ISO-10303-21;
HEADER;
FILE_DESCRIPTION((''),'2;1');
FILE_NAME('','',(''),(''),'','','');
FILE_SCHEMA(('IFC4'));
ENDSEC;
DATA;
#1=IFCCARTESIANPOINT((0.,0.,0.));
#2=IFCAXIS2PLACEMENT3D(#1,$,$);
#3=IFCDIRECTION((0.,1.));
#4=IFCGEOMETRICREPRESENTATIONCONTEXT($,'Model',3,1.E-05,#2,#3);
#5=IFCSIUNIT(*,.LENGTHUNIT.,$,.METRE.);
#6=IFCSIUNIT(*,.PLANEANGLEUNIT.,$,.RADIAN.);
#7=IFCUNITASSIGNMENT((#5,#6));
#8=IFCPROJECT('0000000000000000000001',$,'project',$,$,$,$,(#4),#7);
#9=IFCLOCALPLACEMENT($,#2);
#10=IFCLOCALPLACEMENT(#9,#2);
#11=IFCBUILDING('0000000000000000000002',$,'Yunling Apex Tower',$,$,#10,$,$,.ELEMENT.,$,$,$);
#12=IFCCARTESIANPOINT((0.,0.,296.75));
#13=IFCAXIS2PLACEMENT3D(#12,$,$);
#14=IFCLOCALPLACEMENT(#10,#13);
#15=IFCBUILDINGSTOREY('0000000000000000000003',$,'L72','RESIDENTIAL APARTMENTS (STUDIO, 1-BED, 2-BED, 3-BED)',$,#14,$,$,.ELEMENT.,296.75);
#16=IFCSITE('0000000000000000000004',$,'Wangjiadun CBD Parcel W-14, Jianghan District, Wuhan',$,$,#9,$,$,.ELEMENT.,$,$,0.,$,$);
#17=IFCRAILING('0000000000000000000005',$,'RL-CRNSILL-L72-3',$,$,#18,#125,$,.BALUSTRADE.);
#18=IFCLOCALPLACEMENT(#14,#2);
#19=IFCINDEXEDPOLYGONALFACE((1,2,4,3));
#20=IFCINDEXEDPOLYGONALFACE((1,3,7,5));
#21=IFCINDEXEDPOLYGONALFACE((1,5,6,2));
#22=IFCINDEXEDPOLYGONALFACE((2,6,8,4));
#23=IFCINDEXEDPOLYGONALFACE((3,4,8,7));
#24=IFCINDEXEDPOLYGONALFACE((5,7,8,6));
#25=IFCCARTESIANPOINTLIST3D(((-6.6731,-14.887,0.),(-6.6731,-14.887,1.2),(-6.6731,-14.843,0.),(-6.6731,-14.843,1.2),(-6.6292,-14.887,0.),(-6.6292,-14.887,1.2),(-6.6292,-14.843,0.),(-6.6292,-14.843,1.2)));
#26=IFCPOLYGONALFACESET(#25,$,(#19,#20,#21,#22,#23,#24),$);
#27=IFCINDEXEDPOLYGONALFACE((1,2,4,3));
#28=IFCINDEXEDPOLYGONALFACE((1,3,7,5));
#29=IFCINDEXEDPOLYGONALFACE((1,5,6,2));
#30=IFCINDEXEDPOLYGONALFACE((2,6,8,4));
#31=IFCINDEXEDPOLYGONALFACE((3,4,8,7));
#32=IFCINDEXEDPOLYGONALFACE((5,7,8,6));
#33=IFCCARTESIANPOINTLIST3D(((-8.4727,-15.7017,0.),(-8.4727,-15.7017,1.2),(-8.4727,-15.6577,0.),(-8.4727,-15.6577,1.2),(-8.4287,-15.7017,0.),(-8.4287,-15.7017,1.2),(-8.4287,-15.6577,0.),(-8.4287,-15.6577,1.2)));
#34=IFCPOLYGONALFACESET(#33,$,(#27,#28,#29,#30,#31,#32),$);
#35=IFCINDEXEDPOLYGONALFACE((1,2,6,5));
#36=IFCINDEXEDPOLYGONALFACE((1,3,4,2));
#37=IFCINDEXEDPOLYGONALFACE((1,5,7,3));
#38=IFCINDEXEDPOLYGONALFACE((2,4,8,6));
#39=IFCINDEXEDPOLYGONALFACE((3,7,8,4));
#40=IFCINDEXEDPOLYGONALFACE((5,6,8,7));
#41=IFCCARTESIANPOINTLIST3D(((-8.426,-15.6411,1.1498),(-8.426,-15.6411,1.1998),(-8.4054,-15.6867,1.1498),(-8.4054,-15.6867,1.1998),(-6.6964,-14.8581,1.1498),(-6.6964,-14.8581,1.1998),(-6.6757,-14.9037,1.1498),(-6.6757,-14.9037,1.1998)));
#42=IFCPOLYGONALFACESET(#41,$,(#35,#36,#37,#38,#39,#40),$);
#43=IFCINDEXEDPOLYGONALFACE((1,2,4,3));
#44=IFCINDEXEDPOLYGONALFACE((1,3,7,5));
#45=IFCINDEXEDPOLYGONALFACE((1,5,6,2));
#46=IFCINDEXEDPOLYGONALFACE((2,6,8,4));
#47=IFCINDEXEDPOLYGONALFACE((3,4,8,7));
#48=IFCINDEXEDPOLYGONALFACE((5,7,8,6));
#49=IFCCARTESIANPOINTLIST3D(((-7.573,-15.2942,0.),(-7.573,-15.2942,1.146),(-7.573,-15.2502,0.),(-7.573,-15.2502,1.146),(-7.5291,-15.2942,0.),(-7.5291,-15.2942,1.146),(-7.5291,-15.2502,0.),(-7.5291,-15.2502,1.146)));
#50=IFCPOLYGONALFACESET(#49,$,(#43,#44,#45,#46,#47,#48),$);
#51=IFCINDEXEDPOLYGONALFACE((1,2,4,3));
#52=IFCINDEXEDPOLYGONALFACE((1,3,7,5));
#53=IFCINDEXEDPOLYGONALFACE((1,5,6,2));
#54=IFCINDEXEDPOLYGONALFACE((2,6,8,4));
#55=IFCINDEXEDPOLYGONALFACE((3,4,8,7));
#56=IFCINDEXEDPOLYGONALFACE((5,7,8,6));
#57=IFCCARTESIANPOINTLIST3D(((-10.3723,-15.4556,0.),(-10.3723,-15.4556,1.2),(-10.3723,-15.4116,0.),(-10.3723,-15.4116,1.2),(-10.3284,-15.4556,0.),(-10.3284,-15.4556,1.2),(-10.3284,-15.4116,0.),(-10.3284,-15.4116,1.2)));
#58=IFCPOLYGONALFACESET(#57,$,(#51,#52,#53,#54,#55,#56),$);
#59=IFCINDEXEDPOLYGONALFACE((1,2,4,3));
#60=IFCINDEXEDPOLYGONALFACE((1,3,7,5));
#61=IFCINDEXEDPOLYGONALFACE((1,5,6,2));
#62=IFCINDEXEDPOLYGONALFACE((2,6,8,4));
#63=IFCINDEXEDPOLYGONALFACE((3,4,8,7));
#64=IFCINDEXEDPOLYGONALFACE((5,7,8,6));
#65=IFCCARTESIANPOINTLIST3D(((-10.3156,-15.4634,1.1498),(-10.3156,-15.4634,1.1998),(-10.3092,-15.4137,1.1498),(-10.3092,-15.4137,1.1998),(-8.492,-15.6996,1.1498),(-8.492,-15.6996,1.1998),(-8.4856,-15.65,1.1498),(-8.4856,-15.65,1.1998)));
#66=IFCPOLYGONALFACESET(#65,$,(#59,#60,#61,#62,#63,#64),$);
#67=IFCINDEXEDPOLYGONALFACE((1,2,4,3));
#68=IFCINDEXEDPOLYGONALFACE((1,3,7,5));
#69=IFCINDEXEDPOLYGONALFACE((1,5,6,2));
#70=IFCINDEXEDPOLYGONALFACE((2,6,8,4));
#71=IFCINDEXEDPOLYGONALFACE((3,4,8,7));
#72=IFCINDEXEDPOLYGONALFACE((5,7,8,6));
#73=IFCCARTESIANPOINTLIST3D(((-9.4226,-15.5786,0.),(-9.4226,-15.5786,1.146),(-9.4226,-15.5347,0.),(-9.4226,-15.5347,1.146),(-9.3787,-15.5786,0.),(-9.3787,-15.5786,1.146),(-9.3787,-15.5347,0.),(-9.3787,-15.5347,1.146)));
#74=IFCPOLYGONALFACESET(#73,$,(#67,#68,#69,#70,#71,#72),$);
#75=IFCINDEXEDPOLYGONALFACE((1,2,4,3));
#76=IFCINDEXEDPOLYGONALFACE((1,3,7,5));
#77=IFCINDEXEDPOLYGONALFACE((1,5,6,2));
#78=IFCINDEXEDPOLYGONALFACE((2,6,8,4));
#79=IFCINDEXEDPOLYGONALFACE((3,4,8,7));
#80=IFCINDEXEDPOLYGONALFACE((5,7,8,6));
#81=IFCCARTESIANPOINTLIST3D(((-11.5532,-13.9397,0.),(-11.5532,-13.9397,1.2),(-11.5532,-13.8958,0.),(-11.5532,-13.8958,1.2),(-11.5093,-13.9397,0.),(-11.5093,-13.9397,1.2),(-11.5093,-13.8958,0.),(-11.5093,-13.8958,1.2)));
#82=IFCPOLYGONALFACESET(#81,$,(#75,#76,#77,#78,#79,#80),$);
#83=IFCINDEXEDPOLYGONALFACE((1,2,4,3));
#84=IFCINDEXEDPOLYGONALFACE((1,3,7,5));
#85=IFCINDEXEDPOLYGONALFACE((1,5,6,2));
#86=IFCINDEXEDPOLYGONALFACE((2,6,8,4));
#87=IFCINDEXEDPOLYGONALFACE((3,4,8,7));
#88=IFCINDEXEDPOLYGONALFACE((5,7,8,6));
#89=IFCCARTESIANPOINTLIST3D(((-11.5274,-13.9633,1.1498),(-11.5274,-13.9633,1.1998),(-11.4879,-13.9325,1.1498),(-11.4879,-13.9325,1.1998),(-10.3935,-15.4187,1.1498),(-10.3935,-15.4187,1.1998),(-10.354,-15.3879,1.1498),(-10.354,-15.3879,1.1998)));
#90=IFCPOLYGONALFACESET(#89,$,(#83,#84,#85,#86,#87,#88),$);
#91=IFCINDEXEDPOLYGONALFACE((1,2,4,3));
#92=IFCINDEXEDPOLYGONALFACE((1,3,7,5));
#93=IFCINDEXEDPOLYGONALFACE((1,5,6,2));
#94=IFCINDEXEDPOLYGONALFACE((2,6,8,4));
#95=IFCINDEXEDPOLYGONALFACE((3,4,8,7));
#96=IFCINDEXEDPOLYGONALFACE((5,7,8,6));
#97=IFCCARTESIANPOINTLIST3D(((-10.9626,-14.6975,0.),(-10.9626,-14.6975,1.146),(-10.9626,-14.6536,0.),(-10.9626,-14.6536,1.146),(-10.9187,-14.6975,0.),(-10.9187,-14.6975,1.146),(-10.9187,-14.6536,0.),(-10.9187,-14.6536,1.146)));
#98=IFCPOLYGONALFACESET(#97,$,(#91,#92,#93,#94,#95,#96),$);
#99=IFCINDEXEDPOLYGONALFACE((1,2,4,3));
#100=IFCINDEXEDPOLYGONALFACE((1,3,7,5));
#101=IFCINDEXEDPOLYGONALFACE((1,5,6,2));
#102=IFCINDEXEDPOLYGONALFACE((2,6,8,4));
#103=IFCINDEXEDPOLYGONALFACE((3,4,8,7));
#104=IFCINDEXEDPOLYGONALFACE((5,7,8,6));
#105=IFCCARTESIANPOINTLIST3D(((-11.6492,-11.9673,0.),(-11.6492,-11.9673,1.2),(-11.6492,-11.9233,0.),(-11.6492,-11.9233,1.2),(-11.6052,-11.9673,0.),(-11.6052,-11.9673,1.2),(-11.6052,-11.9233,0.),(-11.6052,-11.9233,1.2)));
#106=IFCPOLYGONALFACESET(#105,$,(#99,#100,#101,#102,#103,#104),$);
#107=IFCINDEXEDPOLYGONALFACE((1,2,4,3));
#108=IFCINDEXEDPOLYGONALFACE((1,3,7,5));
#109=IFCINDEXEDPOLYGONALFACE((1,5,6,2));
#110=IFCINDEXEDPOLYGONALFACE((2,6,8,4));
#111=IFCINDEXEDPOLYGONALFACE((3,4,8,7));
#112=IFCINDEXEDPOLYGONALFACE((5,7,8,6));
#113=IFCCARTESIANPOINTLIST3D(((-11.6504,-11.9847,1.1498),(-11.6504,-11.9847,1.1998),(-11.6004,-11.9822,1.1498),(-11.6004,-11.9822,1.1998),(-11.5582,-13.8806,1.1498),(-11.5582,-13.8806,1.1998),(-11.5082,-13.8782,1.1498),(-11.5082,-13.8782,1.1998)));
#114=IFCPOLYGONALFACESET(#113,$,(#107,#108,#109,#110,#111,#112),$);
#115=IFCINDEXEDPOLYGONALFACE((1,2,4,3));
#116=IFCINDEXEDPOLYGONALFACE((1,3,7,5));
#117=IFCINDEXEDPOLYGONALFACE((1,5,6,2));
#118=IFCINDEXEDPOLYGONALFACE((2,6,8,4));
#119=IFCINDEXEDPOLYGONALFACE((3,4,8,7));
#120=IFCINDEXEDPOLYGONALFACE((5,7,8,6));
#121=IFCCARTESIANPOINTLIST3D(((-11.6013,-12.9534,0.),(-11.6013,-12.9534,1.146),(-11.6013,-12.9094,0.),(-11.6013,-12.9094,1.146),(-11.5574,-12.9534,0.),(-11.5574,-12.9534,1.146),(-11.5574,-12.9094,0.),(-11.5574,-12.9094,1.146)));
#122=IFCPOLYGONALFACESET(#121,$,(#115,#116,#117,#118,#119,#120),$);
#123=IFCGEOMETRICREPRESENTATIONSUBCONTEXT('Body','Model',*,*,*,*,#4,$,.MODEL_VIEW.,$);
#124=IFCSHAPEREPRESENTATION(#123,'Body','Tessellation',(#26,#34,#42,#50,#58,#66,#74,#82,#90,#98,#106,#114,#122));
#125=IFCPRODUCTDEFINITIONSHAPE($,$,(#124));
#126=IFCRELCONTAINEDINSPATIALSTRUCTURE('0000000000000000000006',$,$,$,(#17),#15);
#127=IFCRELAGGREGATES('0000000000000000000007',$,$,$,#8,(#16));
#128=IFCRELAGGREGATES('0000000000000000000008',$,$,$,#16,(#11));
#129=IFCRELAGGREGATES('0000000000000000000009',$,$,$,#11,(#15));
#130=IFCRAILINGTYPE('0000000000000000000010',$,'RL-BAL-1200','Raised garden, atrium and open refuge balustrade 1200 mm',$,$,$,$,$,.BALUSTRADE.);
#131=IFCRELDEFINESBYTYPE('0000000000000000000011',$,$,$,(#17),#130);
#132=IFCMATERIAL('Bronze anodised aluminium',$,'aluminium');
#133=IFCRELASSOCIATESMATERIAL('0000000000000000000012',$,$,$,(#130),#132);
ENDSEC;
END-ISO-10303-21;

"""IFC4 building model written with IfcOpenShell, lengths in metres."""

from ifc_helpers import new_model, si_unit, direction, frame, origin, origin_2d, place, context, subcontext, project, spatial, rectangle, extrude, material, type_object, element, save


model = new_model("IFC4")

# Units and contexts
model_context = context("Model", 3, precision=1e-05, world=origin(), true_north=direction((0.0, 1.0)))
body_context = subcontext(model_context, "Body", "Model", "MODEL_VIEW")
ifc_project = project(units=[si_unit("LENGTHUNIT", "METRE"), si_unit("PLANEANGLEUNIT", "RADIAN")], contexts=[model_context])

# Site, building, storey
site_placement = place(None, origin())
site = spatial("IfcSite", under=ifc_project, at=site_placement, Name="Wangjiadun CBD Parcel W-14, Jianghan District, Wuhan", CompositionType="ELEMENT", RefElevation=0.0)
building_placement = place(site_placement, origin())
building = spatial("IfcBuilding", under=site, at=building_placement, Name="Yunling Apex Tower", CompositionType="ELEMENT")
storey_placement = place(building_placement, frame((0.0, 0.0, 296.75)))
storey = spatial("IfcBuildingStorey", under=building, at=storey_placement, Name="L72", Description="RESIDENTIAL APARTMENTS (STUDIO, 1-BED, 2-BED, 3-BED)", CompositionType="ELEMENT", Elevation=296.75)

# Shared definitions
ifc_material_1 = material(Name="Bronze anodised aluminium", Category="aluminium")

# Railing
railing_type = type_object("IfcRailingType", Name="RL-BAL-1200", Description="Raised garden, atrium and open refuge balustrade 1200 mm", PredefinedType="BALUSTRADE", material=ifc_material_1)
railing_placement = place(storey_placement, frame((-6.6511, -14.865, 0.0)))
element("IfcRailing", 1, at=railing_placement, inside=storey, type_object=railing_type, Name="RL-CRNSILL-L72-3", PredefinedType="BALUSTRADE", context=body_context, shape_type="SweptSolid", body=[
    extrude(rectangle(XDim=0.0439, YDim=0.0439, at=origin_2d()), origin(), (0.0, 0.0, 1.0), 1.2),
    extrude(rectangle(XDim=0.0439, YDim=0.0439, at=origin_2d()), frame((-1.7996, -0.8147, 0.0)), (0.0, 0.0, 1.0), 1.2),
    extrude(rectangle(XDim=0.05, YDim=0.05, at=origin_2d()), frame((-0.0349, -0.0159, 1.1748), z_axis=(-0.910992, -0.412424, 0.0), x_axis=(0.412424, -0.910992, 0.0)), (0.0, 0.0, 1.0), 1.8987),
    extrude(rectangle(XDim=0.0439, YDim=0.0439, at=origin_2d()), frame((-0.8999, -0.4072, 0.0)), (0.0, 0.0, 1.0), 1.146),
    extrude(rectangle(XDim=0.0439, YDim=0.0439, at=origin_2d()), frame((-3.6992, -0.5686, 0.0)), (0.0, 0.0, 1.0), 1.2),
    extrude(rectangle(XDim=0.05, YDim=0.05, at=origin_2d()), frame((-1.8376, -0.8098, 1.1748), z_axis=(-0.991713, 0.128473, 0.0), x_axis=(-0.128473, -0.991713, 0.0)), (0.0, 0.0, 1.0), 1.8389),
    extrude(rectangle(XDim=0.0439, YDim=0.0439, at=origin_2d()), frame((-2.7495, -0.6917, 0.0)), (0.0, 0.0, 1.0), 1.146),
    extrude(rectangle(XDim=0.0439, YDim=0.0439, at=origin_2d()), frame((-4.8801, 0.9473, 0.0)), (0.0, 0.0, 1.0), 1.2),
    extrude(rectangle(XDim=0.05, YDim=0.05, at=origin_2d()), frame((-3.7227, -0.5383, 1.1748), z_axis=(-0.614556, 0.788873, 0.0), x_axis=(-0.788873, -0.614556, 0.0)), (0.0, 0.0, 1.0), 1.845),
    extrude(rectangle(XDim=0.0439, YDim=0.0439, at=origin_2d()), frame((-4.2896, 0.1895, 0.0)), (0.0, 0.0, 1.0), 1.146),
    extrude(rectangle(XDim=0.0439, YDim=0.0439, at=origin_2d()), frame((-4.9761, 2.9197, 0.0)), (0.0, 0.0, 1.0), 1.2),
    extrude(rectangle(XDim=0.05, YDim=0.05, at=origin_2d()), frame((-4.8821, 0.9856, 1.1748), z_axis=(-0.048587, 0.998819, 0.0), x_axis=(-0.998819, -0.048587, 0.0)), (0.0, 0.0, 1.0), 1.8982),
    extrude(rectangle(XDim=0.0439, YDim=0.0439, at=origin_2d()), frame((-4.9282, 1.9336, 0.0)), (0.0, 0.0, 1.0), 1.146),
])

save(model, "model.ifc")
